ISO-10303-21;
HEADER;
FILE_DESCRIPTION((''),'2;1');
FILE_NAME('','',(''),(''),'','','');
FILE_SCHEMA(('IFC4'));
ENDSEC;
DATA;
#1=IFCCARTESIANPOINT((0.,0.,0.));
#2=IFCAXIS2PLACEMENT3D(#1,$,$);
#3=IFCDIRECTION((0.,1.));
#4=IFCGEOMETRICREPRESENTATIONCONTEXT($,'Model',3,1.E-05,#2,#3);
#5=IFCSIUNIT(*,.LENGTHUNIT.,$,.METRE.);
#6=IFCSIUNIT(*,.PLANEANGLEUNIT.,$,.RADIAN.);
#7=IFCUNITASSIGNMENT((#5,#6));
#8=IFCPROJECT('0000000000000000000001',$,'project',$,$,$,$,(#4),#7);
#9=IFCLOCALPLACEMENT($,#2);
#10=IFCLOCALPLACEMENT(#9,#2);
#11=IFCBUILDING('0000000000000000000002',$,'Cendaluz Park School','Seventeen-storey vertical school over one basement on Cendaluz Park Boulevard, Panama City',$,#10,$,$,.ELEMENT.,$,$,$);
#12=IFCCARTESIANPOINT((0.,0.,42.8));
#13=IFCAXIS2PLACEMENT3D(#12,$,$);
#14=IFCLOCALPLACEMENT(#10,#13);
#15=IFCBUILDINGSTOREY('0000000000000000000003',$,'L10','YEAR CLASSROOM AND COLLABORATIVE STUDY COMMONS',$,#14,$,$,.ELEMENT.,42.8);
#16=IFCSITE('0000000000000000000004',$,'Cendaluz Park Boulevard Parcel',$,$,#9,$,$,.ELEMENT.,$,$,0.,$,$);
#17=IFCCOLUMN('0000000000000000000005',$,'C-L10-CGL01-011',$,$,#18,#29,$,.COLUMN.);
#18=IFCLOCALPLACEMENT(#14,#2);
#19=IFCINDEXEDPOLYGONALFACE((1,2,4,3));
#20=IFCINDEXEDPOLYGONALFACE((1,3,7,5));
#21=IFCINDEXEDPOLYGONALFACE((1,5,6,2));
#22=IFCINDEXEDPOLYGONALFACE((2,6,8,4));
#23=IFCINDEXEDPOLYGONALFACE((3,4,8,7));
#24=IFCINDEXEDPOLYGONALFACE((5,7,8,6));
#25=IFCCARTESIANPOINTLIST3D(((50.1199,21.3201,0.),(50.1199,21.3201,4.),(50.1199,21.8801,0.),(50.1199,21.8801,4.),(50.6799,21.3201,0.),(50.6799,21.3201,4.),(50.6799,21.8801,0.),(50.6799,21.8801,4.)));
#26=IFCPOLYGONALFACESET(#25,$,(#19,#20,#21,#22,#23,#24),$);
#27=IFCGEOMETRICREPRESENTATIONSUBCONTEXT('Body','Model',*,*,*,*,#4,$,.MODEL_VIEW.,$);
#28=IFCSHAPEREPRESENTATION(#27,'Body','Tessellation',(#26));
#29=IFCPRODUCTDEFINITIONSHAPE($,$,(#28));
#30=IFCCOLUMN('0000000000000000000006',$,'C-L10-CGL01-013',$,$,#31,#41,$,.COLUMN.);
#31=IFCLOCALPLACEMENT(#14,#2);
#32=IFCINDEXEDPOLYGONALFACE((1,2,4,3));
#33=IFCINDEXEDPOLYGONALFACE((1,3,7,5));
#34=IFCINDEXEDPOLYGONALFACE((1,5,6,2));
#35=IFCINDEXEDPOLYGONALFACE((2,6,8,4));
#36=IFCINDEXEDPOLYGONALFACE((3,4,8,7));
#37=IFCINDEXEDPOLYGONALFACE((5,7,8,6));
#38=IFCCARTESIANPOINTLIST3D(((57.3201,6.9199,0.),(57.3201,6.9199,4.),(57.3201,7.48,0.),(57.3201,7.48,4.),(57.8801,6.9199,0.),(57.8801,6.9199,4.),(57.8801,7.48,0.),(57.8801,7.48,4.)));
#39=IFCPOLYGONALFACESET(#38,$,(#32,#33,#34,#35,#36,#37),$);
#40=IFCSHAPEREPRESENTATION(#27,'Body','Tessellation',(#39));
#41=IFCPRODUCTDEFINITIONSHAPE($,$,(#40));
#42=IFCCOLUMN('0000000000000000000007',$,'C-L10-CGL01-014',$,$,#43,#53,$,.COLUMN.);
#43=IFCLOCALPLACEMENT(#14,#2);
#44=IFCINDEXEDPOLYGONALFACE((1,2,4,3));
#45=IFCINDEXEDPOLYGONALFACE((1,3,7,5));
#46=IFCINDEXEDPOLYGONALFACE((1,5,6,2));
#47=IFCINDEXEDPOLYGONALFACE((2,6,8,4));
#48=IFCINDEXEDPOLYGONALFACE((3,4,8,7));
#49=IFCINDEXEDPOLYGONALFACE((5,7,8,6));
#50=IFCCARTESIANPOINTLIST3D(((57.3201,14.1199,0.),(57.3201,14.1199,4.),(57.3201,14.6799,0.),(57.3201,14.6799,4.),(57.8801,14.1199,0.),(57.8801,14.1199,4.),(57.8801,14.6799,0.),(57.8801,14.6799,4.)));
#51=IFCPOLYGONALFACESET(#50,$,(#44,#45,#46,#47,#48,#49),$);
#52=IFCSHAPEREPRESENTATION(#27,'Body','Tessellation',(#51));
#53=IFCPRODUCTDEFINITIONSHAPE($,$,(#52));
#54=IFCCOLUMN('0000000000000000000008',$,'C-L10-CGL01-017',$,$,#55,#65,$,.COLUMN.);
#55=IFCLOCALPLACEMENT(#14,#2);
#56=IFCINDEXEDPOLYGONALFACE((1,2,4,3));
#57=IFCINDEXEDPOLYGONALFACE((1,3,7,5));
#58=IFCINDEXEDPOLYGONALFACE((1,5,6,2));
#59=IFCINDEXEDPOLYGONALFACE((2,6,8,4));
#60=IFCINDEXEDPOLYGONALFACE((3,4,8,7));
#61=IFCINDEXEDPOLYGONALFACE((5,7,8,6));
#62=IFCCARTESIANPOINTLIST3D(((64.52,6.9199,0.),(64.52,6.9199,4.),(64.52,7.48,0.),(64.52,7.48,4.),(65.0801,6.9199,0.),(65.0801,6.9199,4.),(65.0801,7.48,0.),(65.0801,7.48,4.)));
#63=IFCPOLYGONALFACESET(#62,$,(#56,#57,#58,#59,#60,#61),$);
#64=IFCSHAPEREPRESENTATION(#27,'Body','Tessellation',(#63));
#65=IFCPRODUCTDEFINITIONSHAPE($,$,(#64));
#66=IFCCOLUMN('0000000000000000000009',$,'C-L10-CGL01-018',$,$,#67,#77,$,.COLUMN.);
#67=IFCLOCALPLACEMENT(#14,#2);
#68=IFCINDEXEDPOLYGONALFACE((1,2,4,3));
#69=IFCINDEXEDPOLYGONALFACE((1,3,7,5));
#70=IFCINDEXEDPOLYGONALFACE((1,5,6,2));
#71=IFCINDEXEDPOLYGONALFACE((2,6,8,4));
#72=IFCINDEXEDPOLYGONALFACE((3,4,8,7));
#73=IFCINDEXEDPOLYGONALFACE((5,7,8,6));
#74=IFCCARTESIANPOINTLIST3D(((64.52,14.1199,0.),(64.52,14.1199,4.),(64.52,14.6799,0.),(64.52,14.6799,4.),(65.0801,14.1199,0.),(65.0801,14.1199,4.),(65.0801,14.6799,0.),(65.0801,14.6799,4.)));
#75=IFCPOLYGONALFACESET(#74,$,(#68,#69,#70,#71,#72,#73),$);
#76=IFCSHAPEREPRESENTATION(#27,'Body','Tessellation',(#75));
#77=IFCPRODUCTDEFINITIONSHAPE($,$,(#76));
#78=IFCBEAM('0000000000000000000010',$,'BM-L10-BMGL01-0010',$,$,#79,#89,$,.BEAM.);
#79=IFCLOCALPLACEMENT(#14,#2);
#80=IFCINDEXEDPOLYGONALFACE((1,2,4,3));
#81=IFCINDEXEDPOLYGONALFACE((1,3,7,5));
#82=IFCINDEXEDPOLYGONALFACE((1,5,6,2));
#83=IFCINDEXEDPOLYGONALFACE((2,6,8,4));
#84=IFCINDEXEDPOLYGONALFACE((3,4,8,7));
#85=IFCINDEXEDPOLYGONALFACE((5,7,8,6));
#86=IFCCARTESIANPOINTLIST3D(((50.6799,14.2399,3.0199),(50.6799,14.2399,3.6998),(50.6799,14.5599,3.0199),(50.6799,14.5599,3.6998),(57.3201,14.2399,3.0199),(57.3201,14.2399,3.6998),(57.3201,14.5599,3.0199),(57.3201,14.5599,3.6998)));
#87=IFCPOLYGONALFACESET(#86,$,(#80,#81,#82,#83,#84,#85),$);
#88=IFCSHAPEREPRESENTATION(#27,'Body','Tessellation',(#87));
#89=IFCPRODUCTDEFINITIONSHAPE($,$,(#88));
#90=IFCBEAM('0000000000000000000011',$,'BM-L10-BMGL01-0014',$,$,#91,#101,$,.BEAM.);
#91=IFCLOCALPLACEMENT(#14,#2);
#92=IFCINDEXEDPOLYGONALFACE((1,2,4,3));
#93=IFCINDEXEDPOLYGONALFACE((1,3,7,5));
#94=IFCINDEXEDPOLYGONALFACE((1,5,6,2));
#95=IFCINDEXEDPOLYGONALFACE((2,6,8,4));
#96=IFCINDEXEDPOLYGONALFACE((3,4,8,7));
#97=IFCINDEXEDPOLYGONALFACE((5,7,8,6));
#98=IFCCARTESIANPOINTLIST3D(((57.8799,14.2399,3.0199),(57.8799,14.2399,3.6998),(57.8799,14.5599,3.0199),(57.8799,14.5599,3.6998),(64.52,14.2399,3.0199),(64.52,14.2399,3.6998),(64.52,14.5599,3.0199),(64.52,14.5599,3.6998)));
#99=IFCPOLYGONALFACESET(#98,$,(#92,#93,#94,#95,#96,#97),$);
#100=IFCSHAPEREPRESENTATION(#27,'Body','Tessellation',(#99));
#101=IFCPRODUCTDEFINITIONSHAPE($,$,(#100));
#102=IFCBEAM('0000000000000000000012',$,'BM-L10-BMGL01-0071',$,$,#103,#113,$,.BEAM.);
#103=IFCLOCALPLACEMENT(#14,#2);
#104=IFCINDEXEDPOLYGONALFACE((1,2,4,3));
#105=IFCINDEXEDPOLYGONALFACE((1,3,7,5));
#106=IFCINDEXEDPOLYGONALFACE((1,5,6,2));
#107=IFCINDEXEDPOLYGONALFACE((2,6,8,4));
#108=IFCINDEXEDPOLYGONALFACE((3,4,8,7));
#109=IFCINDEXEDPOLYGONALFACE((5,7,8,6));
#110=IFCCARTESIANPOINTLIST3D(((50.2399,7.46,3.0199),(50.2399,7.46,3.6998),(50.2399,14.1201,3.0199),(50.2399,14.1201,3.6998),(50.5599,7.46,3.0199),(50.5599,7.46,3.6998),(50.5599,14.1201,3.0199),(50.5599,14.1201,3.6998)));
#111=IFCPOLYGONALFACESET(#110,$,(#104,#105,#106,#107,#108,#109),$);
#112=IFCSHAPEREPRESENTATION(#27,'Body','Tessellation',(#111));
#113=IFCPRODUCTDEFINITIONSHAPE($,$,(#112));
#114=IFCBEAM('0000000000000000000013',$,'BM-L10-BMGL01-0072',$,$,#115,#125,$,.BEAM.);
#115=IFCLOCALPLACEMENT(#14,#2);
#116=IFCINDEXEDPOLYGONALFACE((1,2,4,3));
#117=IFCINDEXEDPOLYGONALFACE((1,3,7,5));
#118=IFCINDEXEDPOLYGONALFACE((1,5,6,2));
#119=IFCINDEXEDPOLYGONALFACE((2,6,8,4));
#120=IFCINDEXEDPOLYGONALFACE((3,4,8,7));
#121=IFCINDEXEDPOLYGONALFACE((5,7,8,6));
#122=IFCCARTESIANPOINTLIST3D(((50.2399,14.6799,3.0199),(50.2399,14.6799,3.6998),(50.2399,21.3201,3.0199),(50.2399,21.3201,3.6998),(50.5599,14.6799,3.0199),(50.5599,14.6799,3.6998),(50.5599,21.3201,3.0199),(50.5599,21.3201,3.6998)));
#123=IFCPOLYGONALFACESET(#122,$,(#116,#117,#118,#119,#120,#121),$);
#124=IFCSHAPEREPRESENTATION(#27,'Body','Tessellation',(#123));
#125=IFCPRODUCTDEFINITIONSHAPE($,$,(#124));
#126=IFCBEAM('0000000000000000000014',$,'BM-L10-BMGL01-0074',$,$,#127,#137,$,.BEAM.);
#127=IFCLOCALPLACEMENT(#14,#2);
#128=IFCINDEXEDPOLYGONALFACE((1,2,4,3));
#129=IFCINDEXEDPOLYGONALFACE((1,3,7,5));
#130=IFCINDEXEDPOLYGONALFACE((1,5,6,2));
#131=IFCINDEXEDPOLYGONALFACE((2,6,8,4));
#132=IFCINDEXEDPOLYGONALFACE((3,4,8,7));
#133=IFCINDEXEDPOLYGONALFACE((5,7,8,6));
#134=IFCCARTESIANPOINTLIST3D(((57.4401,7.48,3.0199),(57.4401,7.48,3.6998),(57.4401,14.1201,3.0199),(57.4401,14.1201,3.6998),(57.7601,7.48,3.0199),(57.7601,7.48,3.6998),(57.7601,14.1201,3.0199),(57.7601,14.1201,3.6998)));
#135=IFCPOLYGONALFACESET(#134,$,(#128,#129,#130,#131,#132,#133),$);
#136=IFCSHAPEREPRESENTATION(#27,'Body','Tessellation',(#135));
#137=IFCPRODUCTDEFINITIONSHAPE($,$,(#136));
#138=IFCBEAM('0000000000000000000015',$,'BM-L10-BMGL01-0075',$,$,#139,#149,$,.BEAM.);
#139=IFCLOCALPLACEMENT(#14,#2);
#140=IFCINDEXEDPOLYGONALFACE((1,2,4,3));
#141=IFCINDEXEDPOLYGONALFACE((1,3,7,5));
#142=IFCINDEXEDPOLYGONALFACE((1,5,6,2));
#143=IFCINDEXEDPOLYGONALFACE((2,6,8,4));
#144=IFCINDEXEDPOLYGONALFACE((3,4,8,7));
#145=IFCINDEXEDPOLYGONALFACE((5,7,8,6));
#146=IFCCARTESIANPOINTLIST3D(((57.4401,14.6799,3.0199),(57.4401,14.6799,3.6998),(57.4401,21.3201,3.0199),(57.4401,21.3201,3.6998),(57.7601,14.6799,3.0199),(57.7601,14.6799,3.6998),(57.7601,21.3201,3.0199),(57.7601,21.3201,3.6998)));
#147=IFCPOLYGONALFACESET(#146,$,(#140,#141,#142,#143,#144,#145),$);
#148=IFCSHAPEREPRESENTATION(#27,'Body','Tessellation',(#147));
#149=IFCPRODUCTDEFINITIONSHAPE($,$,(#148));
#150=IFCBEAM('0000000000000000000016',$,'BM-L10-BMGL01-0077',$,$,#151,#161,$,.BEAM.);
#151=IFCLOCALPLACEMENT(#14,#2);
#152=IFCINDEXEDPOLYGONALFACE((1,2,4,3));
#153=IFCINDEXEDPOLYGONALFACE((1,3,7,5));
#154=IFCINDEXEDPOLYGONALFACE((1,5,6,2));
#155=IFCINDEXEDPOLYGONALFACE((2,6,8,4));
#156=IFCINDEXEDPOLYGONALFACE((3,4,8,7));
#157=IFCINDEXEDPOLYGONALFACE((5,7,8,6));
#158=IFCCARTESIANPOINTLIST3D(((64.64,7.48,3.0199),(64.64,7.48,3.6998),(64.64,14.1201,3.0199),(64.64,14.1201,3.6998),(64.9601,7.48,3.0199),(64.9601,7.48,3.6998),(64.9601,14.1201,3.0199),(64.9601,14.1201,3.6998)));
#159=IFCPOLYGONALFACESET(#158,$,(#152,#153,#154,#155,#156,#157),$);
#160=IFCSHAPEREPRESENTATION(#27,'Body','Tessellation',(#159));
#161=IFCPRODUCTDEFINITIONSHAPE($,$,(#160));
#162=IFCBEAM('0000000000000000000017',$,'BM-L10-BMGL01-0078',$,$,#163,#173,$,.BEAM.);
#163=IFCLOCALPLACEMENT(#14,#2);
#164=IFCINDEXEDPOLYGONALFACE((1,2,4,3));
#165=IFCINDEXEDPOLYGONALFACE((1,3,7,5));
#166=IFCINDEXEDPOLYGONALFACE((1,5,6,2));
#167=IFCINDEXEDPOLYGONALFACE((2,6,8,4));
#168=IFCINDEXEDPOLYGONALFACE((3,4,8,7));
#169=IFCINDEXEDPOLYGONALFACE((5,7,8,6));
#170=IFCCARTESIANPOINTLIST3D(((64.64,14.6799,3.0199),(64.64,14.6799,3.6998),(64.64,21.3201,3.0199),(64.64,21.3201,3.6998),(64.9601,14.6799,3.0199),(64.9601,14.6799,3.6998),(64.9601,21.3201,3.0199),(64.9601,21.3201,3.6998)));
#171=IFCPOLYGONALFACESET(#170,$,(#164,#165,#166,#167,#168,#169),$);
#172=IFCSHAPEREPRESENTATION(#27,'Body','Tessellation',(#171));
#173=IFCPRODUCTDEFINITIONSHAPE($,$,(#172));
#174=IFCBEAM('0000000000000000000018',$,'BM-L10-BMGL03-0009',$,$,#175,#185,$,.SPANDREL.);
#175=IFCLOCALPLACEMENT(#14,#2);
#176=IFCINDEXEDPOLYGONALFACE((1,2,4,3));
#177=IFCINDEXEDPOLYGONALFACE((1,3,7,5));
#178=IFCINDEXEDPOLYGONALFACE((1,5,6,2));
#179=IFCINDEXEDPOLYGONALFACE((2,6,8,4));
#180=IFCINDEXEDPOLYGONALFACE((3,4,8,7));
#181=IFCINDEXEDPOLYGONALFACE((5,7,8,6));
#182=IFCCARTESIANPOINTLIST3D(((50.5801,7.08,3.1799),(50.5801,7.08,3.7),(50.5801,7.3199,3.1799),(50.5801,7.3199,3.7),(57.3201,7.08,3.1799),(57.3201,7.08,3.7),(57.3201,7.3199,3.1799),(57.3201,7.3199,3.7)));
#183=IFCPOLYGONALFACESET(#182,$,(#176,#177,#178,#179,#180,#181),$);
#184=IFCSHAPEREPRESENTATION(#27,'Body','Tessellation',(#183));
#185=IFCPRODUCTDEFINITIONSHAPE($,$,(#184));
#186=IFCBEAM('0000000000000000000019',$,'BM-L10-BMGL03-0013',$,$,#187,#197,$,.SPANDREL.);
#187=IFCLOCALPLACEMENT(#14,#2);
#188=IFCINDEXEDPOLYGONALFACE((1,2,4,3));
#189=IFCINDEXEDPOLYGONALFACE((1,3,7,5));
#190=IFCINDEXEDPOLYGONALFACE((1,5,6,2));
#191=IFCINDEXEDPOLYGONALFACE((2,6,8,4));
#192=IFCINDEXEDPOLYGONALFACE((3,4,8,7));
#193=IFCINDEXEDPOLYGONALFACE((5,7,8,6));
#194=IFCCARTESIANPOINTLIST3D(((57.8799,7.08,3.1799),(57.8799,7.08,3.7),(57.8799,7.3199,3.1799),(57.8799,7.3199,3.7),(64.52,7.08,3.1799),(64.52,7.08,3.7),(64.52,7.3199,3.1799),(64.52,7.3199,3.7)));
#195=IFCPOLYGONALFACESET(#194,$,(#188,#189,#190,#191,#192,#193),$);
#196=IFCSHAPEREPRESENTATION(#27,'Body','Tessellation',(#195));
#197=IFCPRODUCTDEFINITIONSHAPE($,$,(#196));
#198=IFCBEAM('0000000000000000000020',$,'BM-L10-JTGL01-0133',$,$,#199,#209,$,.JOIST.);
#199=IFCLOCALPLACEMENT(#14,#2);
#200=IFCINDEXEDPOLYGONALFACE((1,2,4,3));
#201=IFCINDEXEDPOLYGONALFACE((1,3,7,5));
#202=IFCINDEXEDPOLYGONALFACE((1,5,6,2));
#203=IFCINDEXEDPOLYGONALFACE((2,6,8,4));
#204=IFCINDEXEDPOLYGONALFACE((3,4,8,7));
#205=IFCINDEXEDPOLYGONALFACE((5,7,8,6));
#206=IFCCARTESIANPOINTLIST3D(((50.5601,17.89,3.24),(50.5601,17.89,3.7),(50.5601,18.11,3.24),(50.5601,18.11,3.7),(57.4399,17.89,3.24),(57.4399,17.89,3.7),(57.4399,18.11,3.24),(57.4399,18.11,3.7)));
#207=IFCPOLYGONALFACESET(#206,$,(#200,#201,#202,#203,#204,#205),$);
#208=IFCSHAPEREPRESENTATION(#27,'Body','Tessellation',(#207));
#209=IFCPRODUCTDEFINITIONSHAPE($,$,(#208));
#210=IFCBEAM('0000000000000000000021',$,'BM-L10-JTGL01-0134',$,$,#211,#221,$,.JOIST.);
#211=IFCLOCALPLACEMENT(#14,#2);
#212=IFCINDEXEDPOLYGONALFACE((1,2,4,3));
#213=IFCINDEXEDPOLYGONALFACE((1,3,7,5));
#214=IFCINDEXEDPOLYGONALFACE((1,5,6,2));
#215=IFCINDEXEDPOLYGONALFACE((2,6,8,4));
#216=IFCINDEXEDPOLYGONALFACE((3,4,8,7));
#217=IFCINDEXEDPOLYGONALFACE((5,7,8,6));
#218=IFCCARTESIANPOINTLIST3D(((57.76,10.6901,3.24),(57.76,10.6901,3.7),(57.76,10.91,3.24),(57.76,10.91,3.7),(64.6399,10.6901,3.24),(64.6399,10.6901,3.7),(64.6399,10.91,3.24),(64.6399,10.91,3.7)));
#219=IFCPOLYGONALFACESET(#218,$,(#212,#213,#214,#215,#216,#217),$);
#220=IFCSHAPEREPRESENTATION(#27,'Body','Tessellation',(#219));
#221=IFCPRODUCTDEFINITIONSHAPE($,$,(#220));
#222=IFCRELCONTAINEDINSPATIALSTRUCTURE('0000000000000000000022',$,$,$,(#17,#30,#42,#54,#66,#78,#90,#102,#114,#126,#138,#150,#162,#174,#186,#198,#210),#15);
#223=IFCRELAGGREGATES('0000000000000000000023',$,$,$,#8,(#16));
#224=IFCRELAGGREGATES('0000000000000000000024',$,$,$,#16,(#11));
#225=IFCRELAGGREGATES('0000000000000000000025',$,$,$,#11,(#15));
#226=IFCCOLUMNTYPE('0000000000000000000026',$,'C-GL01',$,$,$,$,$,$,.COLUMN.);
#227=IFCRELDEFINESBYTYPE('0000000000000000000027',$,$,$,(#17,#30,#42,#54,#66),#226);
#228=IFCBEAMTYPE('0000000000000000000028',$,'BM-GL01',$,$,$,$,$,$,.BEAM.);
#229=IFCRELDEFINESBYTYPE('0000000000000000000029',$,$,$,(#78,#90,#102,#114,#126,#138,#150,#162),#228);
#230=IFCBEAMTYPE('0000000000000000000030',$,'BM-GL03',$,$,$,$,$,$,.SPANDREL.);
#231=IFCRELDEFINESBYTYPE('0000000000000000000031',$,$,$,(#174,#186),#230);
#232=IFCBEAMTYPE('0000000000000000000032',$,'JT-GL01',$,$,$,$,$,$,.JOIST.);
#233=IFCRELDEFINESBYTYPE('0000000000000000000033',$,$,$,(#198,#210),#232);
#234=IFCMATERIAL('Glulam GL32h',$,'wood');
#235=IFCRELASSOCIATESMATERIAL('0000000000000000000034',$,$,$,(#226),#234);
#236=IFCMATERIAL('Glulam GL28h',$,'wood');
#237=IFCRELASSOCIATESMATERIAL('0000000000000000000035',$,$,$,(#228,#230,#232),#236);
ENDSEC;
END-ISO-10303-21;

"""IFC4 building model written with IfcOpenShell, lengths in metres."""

from ifc_helpers import new_model, si_unit, direction, frame, origin, origin_2d, place, context, subcontext, project, spatial, rectangle, extrude, material, material_profile, profile_set, type_object, element, save


model = new_model("IFC4")

# Units and contexts
model_context = context("Model", 3, precision=1e-05, world=origin(), true_north=direction((0.0, 1.0)))
body_context = subcontext(model_context, "Body", "Model", "MODEL_VIEW")
ifc_project = project(units=[si_unit("LENGTHUNIT", "METRE"), si_unit("PLANEANGLEUNIT", "RADIAN")], contexts=[model_context])

# Site, building, storey
site_placement = place(None, origin())
site = spatial("IfcSite", under=ifc_project, at=site_placement, Name="Cendaluz Park Boulevard Parcel", CompositionType="ELEMENT", RefElevation=0.0)
building_placement = place(site_placement, origin())
building = spatial("IfcBuilding", under=site, at=building_placement, Name="Cendaluz Park School", Description="Seventeen-storey vertical school over one basement on Cendaluz Park Boulevard, Panama City", CompositionType="ELEMENT")
storey_placement = place(building_placement, frame((0.0, 0.0, 42.8)))
storey = spatial("IfcBuildingStorey", under=building, at=storey_placement, Name="L10", Description="YEAR CLASSROOM AND COLLABORATIVE STUDY COMMONS", CompositionType="ELEMENT", Elevation=42.8)

# Columns
ifc_material_1 = material(Name="Glulam GL32h", Category="wood")
ifc_material_profile_1 = material_profile(ifc_material_1, rectangle(XDim=0.5601, YDim=0.5601, at=origin_2d()), Name="GL32h 560x560", Category="wood")
ifc_profile_set_1 = profile_set([ifc_material_profile_1], Name="Glulam GL32h")
column_type = type_object("IfcColumnType", Name="C-GL01", PredefinedType="COLUMN", material=ifc_profile_set_1)
for number, where, z_axis, x_axis, name in (
    (1, (50.3999, 21.6001, 0.0), (0.0, 0.0, 1.0), (1.0, 0.0, 0.0), "C-L10-CGL01-011"),
    (2, (57.6001, 7.2, 0.0), (0.0, 0.0, 1.0), (1.0, 0.0, 0.0), "C-L10-CGL01-013"),
    (3, (57.6001, 14.3999, 0.0), (0.0, 0.0, 1.0), (1.0, 0.0, 0.0), "C-L10-CGL01-014"),
    (4, (64.8, 7.2, 0.0), (0.0, 0.0, 1.0), (1.0, 0.0, 0.0), "C-L10-CGL01-017"),
    (5, (64.8, 14.3999, 0.0), (0.0, 0.0, 1.0), (1.0, 0.0, 0.0), "C-L10-CGL01-018"),
):
    element("IfcColumn", number, at=place(storey_placement, frame(where, z_axis=z_axis, x_axis=x_axis)), inside=storey, type_object=column_type, Name=name, PredefinedType="COLUMN", context=body_context, shape_type="SweptSolid", body=[
        extrude(rectangle(XDim=0.5601, YDim=0.5601, at=origin_2d()), origin(), (0.0, 0.0, 1.0), 4.0),
    ])

# Beams
ifc_material_2 = material(Name="Glulam GL28h", Category="wood")
ifc_material_profile_2 = material_profile(ifc_material_2, rectangle(XDim=0.3201, YDim=0.6799, at=origin_2d()), Name="GL28h 320x680", Category="wood")
ifc_profile_set_2 = profile_set([ifc_material_profile_2], Name="Glulam GL28h")
beam_type_1 = type_object("IfcBeamType", Name="BM-GL01", PredefinedType="BEAM", material=ifc_profile_set_2)
for number, where, z_axis, x_axis, name in (
    (6, (50.6799, 14.3999, 3.3599), (1.0, 0.0, 0.0), (0.0, 1.0, 0.0), "BM-L10-BMGL01-0010"),
    (7, (57.8799, 14.3999, 3.3599), (1.0, 0.0, 0.0), (0.0, 1.0, 0.0), "BM-L10-BMGL01-0014"),
):
    element("IfcBeam", number, at=place(storey_placement, frame(where, z_axis=z_axis, x_axis=x_axis)), inside=storey, type_object=beam_type_1, Name=name, PredefinedType="BEAM", context=body_context, shape_type="SweptSolid", body=[
        extrude(rectangle(XDim=0.3201, YDim=0.6799, at=origin_2d()), origin(), (0.0, 0.0, 1.0), 6.6401),
    ])
beam_1_placement = place(storey_placement, frame((50.3999, 7.46, 3.3599), z_axis=(0.0, 1.0, 0.0), x_axis=(-1.0, 0.0, 0.0)))
element("IfcBeam", 8, at=beam_1_placement, inside=storey, type_object=beam_type_1, Name="BM-L10-BMGL01-0071", PredefinedType="BEAM", context=body_context, shape_type="SweptSolid", body=[
    extrude(rectangle(XDim=0.3201, YDim=0.6799, at=origin_2d()), origin(), (0.0, 0.0, 1.0), 6.6602),
])
for number, where, z_axis, x_axis, name in (
    (9, (50.3999, 14.6799, 3.3599), (0.0, 1.0, 0.0), (-1.0, 0.0, 0.0), "BM-L10-BMGL01-0072"),
    (10, (57.6001, 7.48, 3.3599), (0.0, 1.0, 0.0), (-1.0, 0.0, 0.0), "BM-L10-BMGL01-0074"),
    (11, (57.6001, 14.6799, 3.3599), (0.0, 1.0, 0.0), (-1.0, 0.0, 0.0), "BM-L10-BMGL01-0075"),
    (12, (64.8, 7.48, 3.3599), (0.0, 1.0, 0.0), (-1.0, 0.0, 0.0), "BM-L10-BMGL01-0077"),
    (13, (64.8, 14.6799, 3.3599), (0.0, 1.0, 0.0), (-1.0, 0.0, 0.0), "BM-L10-BMGL01-0078"),
):
    element("IfcBeam", number, at=place(storey_placement, frame(where, z_axis=z_axis, x_axis=x_axis)), inside=storey, type_object=beam_type_1, Name=name, PredefinedType="BEAM", context=body_context, shape_type="SweptSolid", body=[
        extrude(rectangle(XDim=0.3201, YDim=0.6799, at=origin_2d()), origin(), (0.0, 0.0, 1.0), 6.6401),
    ])
ifc_material_profile_3 = material_profile(ifc_material_2, rectangle(XDim=0.24, YDim=0.52, at=origin_2d()), Name="GL28h 240x520", Category="wood")
ifc_profile_set_3 = profile_set([ifc_material_profile_3], Name="Glulam GL28h")
beam_type_2 = type_object("IfcBeamType", Name="BM-GL03", PredefinedType="SPANDREL", material=ifc_profile_set_3)
beam_2_placement = place(storey_placement, frame((50.5801, 7.2, 3.4399), z_axis=(1.0, 0.0, 0.0), x_axis=(0.0, 1.0, 0.0)))
element("IfcBeam", 14, at=beam_2_placement, inside=storey, type_object=beam_type_2, Name="BM-L10-BMGL03-0009", PredefinedType="SPANDREL", context=body_context, shape_type="SweptSolid", body=[
    extrude(rectangle(XDim=0.24, YDim=0.52, at=origin_2d()), origin(), (0.0, 0.0, 1.0), 6.74),
])
beam_3_placement = place(storey_placement, frame((57.8799, 7.2, 3.4399), z_axis=(1.0, 0.0, 0.0), x_axis=(0.0, 1.0, 0.0)))
element("IfcBeam", 15, at=beam_3_placement, inside=storey, type_object=beam_type_2, Name="BM-L10-BMGL03-0013", PredefinedType="SPANDREL", context=body_context, shape_type="SweptSolid", body=[
    extrude(rectangle(XDim=0.24, YDim=0.52, at=origin_2d()), origin(), (0.0, 0.0, 1.0), 6.6401),
])
ifc_material_profile_4 = material_profile(ifc_material_2, rectangle(XDim=0.22, YDim=0.46, at=origin_2d()), Name="GL28h 220x460", Category="wood")
ifc_profile_set_4 = profile_set([ifc_material_profile_4], Name="Glulam GL28h")
beam_type_3 = type_object("IfcBeamType", Name="JT-GL01", PredefinedType="JOIST", material=ifc_profile_set_4)
for number, where, z_axis, x_axis, name in (
    (16, (50.5601, 18.0, 3.47), (1.0, 0.0, 0.0), (0.0, 1.0, 0.0), "BM-L10-JTGL01-0133"),
    (17, (57.76, 10.8, 3.47), (1.0, 0.0, 0.0), (0.0, 1.0, 0.0), "BM-L10-JTGL01-0134"),
):
    element("IfcBeam", number, at=place(storey_placement, frame(where, z_axis=z_axis, x_axis=x_axis)), inside=storey, type_object=beam_type_3, Name=name, PredefinedType="JOIST", context=body_context, shape_type="SweptSolid", body=[
        extrude(rectangle(XDim=0.22, YDim=0.46, at=origin_2d()), origin(), (0.0, 0.0, 1.0), 6.8799),
    ])

save(model, "model.ifc")
